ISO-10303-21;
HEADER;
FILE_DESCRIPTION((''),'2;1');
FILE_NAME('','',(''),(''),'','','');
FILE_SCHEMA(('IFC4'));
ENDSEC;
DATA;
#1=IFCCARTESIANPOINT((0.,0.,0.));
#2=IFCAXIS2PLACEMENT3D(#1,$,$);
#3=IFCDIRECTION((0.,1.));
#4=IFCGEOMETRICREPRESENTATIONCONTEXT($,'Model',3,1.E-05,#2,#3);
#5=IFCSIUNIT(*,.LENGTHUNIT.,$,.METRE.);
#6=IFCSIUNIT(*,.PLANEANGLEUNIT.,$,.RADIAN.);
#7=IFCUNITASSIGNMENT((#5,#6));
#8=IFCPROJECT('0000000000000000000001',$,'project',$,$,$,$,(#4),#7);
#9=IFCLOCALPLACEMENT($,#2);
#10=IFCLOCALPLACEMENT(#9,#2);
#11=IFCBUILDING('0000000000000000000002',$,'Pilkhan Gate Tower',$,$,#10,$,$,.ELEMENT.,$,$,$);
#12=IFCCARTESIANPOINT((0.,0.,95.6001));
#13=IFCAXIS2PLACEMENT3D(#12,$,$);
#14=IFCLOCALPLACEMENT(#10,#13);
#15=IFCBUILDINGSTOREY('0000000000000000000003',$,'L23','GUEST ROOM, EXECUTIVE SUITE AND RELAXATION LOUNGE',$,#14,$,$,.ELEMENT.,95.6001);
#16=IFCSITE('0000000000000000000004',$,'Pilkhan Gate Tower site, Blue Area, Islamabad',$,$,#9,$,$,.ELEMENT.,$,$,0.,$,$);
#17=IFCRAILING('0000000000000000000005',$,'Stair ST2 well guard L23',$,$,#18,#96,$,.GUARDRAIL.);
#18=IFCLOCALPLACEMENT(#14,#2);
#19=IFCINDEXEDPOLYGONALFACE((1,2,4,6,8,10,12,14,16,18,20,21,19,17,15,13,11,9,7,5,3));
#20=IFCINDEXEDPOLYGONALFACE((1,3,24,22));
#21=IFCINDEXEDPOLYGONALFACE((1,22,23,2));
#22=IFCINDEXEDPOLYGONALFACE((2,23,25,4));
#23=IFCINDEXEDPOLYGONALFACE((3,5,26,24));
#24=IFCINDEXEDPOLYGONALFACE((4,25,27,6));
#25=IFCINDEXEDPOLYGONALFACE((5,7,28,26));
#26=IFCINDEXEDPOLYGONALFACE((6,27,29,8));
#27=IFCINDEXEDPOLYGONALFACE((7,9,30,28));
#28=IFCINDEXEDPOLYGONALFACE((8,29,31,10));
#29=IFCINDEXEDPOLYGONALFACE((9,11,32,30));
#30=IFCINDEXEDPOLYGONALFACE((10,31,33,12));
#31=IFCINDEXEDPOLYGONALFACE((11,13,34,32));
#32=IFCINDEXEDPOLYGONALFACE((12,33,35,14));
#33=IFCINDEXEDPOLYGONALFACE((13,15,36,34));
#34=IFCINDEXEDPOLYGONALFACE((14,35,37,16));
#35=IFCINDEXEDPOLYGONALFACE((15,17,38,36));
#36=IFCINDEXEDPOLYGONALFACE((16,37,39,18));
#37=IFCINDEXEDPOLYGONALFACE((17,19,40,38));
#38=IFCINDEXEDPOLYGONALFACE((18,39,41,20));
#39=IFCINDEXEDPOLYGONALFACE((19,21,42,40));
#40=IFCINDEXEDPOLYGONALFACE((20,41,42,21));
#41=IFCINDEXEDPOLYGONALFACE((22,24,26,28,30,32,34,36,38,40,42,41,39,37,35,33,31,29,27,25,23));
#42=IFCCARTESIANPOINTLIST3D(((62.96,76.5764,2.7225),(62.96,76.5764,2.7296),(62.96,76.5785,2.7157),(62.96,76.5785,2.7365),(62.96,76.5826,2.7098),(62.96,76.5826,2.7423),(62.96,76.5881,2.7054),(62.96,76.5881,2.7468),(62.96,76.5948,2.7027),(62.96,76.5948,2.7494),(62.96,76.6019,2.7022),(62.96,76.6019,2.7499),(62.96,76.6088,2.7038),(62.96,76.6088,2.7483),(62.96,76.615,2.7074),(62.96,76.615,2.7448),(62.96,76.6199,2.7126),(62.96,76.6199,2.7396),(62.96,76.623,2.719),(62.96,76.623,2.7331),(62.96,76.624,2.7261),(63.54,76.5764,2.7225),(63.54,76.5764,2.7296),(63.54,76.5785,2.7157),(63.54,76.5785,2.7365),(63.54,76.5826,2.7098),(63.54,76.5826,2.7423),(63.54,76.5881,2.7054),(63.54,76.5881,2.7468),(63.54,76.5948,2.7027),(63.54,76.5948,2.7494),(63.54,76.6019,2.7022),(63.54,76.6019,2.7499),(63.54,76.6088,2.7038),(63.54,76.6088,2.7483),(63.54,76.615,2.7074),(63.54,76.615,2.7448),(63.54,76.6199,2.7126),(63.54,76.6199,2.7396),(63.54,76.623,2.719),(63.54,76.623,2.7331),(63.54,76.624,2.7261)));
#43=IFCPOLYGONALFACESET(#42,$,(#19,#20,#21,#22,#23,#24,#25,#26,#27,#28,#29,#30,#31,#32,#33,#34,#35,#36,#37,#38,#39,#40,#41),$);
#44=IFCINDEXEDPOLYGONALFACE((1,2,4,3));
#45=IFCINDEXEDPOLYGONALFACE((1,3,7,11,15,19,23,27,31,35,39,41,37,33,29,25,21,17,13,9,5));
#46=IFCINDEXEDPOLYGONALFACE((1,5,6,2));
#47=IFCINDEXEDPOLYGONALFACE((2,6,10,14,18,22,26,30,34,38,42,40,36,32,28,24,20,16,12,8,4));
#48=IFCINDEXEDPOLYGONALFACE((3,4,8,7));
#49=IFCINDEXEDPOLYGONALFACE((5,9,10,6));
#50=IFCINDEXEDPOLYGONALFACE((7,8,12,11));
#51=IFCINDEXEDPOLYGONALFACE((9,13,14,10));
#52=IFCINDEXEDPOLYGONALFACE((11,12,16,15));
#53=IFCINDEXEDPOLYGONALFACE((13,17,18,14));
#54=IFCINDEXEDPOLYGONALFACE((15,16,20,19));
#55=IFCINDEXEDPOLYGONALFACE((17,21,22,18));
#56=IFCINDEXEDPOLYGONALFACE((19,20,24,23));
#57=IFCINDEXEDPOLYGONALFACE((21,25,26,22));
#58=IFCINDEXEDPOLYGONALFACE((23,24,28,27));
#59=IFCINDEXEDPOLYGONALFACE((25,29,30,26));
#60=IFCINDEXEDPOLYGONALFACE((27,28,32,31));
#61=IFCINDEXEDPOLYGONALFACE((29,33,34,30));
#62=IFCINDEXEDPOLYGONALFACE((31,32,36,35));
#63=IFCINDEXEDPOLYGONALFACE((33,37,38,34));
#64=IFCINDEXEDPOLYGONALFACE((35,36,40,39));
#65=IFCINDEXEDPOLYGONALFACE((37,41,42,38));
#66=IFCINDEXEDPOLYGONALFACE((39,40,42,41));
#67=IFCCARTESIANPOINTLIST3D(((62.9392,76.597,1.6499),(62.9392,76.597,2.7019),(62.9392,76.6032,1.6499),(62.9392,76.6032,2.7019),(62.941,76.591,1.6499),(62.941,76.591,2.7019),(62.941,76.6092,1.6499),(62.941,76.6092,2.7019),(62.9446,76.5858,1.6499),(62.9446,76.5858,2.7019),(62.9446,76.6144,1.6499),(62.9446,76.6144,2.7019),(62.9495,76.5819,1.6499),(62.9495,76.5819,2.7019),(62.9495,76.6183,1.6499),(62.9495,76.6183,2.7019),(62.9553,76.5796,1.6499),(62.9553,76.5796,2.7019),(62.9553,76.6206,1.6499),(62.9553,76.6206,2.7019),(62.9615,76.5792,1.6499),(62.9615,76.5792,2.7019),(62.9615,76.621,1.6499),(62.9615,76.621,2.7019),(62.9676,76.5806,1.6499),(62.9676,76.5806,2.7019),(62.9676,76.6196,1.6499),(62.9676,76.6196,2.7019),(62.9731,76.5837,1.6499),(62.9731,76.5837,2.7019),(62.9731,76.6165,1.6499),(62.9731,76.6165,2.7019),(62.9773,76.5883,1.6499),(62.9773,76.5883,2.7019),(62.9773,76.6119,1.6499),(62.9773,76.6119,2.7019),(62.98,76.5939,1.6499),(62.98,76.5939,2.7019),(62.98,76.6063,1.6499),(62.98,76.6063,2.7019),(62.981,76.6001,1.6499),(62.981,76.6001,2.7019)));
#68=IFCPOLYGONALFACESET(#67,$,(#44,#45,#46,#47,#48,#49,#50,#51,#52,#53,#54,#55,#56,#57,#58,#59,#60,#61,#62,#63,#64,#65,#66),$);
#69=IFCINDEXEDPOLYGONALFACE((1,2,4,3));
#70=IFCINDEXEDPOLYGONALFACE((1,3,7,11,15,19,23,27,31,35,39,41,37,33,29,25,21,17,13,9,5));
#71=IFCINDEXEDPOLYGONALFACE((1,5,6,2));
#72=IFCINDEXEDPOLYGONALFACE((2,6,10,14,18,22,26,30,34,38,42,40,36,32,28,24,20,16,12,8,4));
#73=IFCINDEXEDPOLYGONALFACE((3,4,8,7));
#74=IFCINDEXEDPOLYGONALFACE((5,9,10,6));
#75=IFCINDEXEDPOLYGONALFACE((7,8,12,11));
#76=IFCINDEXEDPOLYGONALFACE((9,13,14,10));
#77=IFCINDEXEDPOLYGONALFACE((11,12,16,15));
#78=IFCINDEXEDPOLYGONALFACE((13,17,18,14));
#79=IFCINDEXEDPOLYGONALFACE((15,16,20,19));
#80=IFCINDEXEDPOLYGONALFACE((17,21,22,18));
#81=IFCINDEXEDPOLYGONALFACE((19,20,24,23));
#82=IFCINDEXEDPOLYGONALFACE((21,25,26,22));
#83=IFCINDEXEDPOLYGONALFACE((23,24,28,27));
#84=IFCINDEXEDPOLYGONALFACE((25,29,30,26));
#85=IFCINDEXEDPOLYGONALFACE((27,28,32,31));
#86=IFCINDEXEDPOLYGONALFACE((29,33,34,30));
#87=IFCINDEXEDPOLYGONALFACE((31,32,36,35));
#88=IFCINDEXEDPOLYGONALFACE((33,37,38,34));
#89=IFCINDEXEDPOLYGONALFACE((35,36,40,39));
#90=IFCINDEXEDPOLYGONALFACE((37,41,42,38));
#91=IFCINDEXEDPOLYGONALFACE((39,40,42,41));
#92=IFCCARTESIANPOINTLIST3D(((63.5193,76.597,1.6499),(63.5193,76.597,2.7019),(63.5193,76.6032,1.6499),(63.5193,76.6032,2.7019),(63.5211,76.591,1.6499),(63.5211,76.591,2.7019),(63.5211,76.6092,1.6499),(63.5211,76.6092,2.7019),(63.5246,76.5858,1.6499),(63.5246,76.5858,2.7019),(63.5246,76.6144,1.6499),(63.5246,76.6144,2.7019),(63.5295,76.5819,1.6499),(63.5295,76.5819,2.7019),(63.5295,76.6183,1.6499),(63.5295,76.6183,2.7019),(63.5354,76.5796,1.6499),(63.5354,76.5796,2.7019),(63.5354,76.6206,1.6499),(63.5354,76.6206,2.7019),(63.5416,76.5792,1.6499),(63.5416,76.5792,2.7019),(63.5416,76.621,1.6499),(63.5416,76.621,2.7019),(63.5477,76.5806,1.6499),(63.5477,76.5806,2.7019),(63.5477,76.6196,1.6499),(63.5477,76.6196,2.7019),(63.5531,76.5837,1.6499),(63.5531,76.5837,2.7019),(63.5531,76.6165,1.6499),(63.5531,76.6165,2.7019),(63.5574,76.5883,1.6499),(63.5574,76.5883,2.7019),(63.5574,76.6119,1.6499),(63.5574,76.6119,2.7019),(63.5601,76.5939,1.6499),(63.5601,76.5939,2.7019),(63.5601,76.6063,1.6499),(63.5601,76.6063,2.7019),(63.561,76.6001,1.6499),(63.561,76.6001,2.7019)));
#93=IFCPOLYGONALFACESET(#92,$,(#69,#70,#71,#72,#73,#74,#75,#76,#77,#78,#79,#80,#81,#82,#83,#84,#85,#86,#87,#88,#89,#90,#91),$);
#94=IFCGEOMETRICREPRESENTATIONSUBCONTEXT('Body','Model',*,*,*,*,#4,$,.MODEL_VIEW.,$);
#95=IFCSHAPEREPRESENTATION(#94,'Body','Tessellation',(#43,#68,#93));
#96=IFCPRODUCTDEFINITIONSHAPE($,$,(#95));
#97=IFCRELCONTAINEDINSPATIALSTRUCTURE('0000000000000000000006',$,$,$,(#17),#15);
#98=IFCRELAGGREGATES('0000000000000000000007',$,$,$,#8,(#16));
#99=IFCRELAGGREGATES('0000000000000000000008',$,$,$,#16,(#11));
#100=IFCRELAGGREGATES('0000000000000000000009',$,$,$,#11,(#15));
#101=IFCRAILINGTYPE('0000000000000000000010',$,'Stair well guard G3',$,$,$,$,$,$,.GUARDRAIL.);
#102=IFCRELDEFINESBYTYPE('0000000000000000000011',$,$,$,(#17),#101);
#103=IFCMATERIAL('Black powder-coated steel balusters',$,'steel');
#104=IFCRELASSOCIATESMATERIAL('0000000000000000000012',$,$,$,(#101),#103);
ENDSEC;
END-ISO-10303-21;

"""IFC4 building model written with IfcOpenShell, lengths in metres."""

from ifc_helpers import new_model, si_unit, direction, frame, origin, origin_2d, place, context, subcontext, project, spatial, circle, extrude, material, type_object, element, save


model = new_model("IFC4")

# Units and contexts
model_context = context("Model", 3, precision=1e-05, world=origin(), true_north=direction((0.0, 1.0)))
body_context = subcontext(model_context, "Body", "Model", "MODEL_VIEW")
ifc_project = project(units=[si_unit("LENGTHUNIT", "METRE"), si_unit("PLANEANGLEUNIT", "RADIAN")], contexts=[model_context])

# Site, building, storey
site_placement = place(None, origin())
site = spatial("IfcSite", under=ifc_project, at=site_placement, Name="Pilkhan Gate Tower site, Blue Area, Islamabad", CompositionType="ELEMENT", RefElevation=0.0)
building_placement = place(site_placement, origin())
building = spatial("IfcBuilding", under=site, at=building_placement, Name="Pilkhan Gate Tower", CompositionType="ELEMENT")
storey_placement = place(building_placement, frame((0.0, 0.0, 95.6001)))
storey = spatial("IfcBuildingStorey", under=building, at=storey_placement, Name="L23", Description="GUEST ROOM, EXECUTIVE SUITE AND RELAXATION LOUNGE", CompositionType="ELEMENT", Elevation=95.6001)

# Railing
ifc_material_1 = material(Name="Black powder-coated steel balusters", Category="steel")
railing_type_1 = type_object("IfcRailingType", Name="Stair well guard G3", PredefinedType="GUARDRAIL", material=ifc_material_1)
for number, where, name in (
    (1, (62.96, 76.6001, 1.6499), "Stair ST2 well guard L23"),
):
    element("IfcRailing", number, at=place(storey_placement, frame(where)), inside=storey, type_object=railing_type_1, Name=name, PredefinedType="GUARDRAIL", context=body_context, shape_type="SweptSolid", body=[
        extrude(circle(Radius=0.0239, at=origin_2d()), frame((0.0, 0.0, 1.0762), z_axis=(1.0, 0.0, 0.0), x_axis=(0.0, 1.0, 0.0)), (0.0, 0.0, 1.0), 0.5801),
        extrude(circle(Radius=0.021, at=origin_2d()), origin(), (0.0, 0.0, 1.0), 1.052),
        extrude(circle(Radius=0.021, at=origin_2d()), frame((0.5801, 0.0, 0.0)), (0.0, 0.0, 1.0), 1.052),
    ])

save(model, "model.ifc")
